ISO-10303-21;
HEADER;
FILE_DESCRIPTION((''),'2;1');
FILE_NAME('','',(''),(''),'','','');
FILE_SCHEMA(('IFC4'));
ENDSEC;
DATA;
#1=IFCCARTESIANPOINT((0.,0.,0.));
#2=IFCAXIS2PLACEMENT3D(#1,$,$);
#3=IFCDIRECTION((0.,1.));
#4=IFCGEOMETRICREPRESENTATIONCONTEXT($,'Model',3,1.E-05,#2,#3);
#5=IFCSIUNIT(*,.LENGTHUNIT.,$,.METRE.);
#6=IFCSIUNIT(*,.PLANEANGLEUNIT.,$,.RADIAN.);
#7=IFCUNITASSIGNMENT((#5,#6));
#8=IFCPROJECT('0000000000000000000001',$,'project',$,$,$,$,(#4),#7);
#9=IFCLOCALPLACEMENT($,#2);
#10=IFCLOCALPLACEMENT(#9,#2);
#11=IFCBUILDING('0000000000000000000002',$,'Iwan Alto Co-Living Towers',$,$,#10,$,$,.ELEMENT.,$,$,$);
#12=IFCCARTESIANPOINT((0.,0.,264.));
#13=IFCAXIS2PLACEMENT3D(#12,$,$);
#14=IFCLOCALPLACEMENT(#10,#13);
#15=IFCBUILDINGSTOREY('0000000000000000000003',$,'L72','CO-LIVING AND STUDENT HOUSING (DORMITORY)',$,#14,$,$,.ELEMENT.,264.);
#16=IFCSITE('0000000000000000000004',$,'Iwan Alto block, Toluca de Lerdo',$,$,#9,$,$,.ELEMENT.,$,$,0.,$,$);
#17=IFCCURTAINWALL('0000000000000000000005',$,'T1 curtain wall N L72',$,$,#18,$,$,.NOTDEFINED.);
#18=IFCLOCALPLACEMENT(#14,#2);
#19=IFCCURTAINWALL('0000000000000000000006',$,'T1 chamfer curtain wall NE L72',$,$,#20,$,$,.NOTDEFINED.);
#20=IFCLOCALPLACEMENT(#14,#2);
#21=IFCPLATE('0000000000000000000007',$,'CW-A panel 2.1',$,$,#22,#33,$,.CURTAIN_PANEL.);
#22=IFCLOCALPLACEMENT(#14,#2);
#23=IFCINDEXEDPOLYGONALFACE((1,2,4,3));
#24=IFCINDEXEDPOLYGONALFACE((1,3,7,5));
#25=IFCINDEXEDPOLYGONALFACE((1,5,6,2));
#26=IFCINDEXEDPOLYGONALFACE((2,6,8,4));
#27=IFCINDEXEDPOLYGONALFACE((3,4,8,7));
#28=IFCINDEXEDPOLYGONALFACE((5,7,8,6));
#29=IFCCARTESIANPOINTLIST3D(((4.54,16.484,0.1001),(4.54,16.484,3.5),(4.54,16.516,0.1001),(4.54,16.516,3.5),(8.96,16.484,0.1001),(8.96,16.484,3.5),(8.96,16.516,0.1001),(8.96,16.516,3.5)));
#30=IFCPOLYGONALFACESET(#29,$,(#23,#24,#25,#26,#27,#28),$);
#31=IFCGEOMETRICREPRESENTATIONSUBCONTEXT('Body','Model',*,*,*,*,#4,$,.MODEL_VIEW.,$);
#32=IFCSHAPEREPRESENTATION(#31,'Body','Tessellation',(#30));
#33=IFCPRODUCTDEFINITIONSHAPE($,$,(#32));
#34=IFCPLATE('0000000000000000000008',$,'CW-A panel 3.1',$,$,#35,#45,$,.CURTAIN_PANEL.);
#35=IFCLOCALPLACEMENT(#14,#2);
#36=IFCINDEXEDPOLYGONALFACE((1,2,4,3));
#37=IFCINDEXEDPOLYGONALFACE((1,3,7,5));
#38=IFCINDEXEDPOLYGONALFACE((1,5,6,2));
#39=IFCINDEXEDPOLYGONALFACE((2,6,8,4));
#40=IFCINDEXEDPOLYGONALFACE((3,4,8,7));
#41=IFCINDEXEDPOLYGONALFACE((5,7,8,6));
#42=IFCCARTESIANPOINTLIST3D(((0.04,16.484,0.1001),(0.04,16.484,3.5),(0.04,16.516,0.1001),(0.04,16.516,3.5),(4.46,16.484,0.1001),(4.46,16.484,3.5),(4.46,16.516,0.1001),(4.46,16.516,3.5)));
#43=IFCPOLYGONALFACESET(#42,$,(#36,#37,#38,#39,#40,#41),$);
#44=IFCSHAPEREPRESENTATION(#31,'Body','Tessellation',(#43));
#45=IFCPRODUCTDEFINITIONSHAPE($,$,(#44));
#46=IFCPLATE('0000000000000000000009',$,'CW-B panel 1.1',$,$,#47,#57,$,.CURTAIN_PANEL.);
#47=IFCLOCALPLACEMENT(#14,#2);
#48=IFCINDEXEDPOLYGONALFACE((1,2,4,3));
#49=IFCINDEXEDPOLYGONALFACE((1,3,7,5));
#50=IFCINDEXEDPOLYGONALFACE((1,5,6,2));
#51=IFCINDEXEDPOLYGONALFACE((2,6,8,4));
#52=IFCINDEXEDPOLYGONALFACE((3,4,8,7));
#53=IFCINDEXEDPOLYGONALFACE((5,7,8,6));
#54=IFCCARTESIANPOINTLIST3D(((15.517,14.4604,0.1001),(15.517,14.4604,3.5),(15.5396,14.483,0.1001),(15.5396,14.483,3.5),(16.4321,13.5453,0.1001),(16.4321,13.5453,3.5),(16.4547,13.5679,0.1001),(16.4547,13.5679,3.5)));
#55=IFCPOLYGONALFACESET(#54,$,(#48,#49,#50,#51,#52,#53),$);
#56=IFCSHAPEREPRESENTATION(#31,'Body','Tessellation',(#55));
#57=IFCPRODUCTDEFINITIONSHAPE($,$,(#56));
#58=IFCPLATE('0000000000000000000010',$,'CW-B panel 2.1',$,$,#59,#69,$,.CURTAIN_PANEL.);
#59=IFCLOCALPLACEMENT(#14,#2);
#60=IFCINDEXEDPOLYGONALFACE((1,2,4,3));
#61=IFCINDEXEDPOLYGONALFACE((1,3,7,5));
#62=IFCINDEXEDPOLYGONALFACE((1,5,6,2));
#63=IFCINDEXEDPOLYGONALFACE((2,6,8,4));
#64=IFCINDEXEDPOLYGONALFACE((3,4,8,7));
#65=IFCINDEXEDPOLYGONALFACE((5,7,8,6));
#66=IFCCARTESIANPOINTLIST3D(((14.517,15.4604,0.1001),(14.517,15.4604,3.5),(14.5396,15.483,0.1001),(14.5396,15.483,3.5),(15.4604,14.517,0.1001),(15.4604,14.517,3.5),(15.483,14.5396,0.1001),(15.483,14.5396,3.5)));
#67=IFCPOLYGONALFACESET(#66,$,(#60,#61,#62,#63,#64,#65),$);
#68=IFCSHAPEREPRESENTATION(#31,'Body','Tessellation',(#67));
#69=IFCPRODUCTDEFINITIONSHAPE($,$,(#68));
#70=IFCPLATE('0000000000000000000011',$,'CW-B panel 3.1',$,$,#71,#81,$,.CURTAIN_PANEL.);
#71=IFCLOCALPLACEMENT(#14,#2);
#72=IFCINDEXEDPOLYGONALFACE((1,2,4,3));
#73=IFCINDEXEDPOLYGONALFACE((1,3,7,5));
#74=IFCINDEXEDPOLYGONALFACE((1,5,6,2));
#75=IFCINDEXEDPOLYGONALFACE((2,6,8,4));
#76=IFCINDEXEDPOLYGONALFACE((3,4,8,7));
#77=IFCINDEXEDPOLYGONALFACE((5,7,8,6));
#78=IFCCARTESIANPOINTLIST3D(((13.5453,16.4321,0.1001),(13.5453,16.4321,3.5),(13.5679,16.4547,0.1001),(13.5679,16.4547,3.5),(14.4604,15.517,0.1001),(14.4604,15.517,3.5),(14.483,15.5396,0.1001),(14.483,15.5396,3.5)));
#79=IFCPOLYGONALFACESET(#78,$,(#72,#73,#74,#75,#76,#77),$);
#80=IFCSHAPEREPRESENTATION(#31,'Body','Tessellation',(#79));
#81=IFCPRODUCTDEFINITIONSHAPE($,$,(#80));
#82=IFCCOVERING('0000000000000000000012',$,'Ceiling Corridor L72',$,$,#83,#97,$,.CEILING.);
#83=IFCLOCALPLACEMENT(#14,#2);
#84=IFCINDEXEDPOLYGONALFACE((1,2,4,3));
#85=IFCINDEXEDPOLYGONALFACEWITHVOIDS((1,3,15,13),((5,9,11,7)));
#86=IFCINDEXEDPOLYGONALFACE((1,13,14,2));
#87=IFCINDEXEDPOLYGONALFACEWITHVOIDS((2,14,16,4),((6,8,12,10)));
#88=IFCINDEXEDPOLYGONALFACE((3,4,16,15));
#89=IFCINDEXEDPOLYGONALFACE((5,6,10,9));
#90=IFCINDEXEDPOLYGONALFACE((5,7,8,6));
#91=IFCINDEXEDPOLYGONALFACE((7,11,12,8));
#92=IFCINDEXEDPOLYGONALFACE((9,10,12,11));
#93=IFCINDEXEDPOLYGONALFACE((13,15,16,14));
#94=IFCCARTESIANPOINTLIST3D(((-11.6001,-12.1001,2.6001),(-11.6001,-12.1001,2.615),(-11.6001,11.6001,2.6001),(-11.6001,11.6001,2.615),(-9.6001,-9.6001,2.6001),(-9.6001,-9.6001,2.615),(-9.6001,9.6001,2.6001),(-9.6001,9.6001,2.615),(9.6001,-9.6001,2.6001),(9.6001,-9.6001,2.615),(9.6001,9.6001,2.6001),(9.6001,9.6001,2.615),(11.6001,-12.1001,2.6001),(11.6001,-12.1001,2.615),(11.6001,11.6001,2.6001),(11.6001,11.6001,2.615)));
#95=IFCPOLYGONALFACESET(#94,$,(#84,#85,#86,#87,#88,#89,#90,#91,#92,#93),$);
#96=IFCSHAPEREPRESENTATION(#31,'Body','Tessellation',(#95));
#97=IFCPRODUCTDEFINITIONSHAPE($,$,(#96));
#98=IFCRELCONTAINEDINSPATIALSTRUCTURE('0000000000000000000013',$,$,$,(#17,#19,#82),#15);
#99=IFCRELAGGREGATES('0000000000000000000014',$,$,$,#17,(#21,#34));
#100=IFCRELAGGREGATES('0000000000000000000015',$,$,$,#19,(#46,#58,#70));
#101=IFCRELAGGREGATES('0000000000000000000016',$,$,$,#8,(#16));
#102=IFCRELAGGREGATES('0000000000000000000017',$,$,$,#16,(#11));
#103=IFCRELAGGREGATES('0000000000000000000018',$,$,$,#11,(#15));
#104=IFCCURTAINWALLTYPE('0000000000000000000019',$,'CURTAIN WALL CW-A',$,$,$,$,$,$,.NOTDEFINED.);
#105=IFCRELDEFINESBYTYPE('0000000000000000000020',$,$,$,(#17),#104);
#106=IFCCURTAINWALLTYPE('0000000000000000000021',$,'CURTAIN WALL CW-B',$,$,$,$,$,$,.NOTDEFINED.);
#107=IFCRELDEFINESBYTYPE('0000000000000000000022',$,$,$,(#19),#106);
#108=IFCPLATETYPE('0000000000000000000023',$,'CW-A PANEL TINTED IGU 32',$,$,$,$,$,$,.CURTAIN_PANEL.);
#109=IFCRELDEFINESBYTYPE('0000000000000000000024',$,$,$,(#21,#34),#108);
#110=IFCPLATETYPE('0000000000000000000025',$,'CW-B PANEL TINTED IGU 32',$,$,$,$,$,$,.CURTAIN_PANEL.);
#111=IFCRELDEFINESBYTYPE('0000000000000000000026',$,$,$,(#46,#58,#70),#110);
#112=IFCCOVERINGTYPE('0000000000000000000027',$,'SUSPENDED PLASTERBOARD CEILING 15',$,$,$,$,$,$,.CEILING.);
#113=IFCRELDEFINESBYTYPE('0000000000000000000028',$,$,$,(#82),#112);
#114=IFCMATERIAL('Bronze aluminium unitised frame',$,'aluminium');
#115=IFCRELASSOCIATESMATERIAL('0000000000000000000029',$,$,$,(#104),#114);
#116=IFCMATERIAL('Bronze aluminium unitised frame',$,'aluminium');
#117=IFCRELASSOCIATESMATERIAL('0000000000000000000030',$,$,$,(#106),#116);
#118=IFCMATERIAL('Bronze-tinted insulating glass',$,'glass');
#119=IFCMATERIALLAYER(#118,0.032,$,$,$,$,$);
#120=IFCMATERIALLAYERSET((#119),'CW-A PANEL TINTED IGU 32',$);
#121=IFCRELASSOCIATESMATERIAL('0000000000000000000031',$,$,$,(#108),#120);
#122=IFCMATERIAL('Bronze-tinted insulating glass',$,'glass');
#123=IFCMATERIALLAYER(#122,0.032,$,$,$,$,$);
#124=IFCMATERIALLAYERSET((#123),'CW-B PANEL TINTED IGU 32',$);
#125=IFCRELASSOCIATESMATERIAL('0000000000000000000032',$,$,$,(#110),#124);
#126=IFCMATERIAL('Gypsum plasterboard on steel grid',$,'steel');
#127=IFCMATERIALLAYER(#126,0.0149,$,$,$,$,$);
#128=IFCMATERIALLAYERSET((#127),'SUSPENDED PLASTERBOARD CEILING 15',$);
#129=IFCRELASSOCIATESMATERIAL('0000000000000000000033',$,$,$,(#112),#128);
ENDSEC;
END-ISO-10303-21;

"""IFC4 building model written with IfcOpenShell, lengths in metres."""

from ifc_helpers import new_model, si_unit, direction, frame, origin, origin_2d, place, context, subcontext, project, spatial, polyline, rectangle, outline, extrude, material, layer, layer_set, type_object, element, aggregate, save


model = new_model("IFC4")

# Units and contexts
model_context = context("Model", 3, precision=1e-05, world=origin(), true_north=direction((0.0, 1.0)))
body_context = subcontext(model_context, "Body", "Model", "MODEL_VIEW")
ifc_project = project(units=[si_unit("LENGTHUNIT", "METRE"), si_unit("PLANEANGLEUNIT", "RADIAN")], contexts=[model_context])

# Site, building, storey
site_placement = place(None, origin())
site = spatial("IfcSite", under=ifc_project, at=site_placement, Name="Iwan Alto block, Toluca de Lerdo", CompositionType="ELEMENT", RefElevation=0.0)
building_placement = place(site_placement, origin())
building = spatial("IfcBuilding", under=site, at=building_placement, Name="Iwan Alto Co-Living Towers", CompositionType="ELEMENT")
storey_placement = place(building_placement, frame((0.0, 0.0, 264.0)))
storey = spatial("IfcBuildingStorey", under=building, at=storey_placement, Name="L72", Description="CO-LIVING AND STUDENT HOUSING (DORMITORY)", CompositionType="ELEMENT", Elevation=264.0)

# Curtain walls
ifc_material_1 = material(Name="Bronze aluminium unitised frame", Category="aluminium")
curtain_wall_type_1 = type_object("IfcCurtainWallType", Name="CURTAIN WALL CW-A", PredefinedType="NOTDEFINED", material=ifc_material_1)
curtain_wall_1_placement = place(storey_placement, origin())
curtain_wall_1 = element("IfcCurtainWall", 1, at=curtain_wall_1_placement, inside=storey, type_object=curtain_wall_type_1, Name="T1 curtain wall N L72", PredefinedType="NOTDEFINED")
ifc_material_2 = material(Name="Bronze aluminium unitised frame", Category="aluminium")
curtain_wall_type_2 = type_object("IfcCurtainWallType", Name="CURTAIN WALL CW-B", PredefinedType="NOTDEFINED", material=ifc_material_2)
curtain_wall_2_placement = place(storey_placement, origin())
curtain_wall_2 = element("IfcCurtainWall", 2, at=curtain_wall_2_placement, inside=storey, type_object=curtain_wall_type_2, Name="T1 chamfer curtain wall NE L72", PredefinedType="NOTDEFINED")

# Plates
ifc_material_3 = material(Name="Bronze-tinted insulating glass", Category="glass")
ifc_layer_1 = layer(ifc_material_3, 0.032)
ifc_layer_set_1 = layer_set([ifc_layer_1], Name="CW-A PANEL TINTED IGU 32")
plate_type_1 = type_object("IfcPlateType", Name="CW-A PANEL TINTED IGU 32", PredefinedType="CURTAIN_PANEL", material=ifc_layer_set_1)
plate_1_placement = place(storey_placement, frame((6.75, 16.5, 0.1001), z_axis=(0.0, 0.0, 1.0), x_axis=(-1.0, 0.0, 0.0)))
plate_1 = element("IfcPlate", 3, at=plate_1_placement, type_object=plate_type_1, Name="CW-A panel 2.1", PredefinedType="CURTAIN_PANEL", context=body_context, shape_type="SweptSolid", body=[
    extrude(rectangle(XDim=4.4199, YDim=0.032, at=origin_2d()), origin(), (0.0, 0.0, 1.0), 3.3999),
])
plate_2_placement = place(storey_placement, frame((2.25, 16.5, 0.1001), z_axis=(0.0, 0.0, 1.0), x_axis=(-1.0, 0.0, 0.0)))
plate_2 = element("IfcPlate", 4, at=plate_2_placement, type_object=plate_type_1, Name="CW-A panel 3.1", PredefinedType="CURTAIN_PANEL", context=body_context, shape_type="SweptSolid", body=[
    extrude(rectangle(XDim=4.4199, YDim=0.032, at=origin_2d()), origin(), (0.0, 0.0, 1.0), 3.3999),
])
aggregate(curtain_wall_1, [plate_1, plate_2])
ifc_material_4 = material(Name="Bronze-tinted insulating glass", Category="glass")
ifc_layer_2 = layer(ifc_material_4, 0.032)
ifc_layer_set_2 = layer_set([ifc_layer_2], Name="CW-B PANEL TINTED IGU 32")
plate_type_2 = type_object("IfcPlateType", Name="CW-B PANEL TINTED IGU 32", PredefinedType="CURTAIN_PANEL", material=ifc_layer_set_2)
plate_3_placement = place(storey_placement, frame((15.9858, 14.0142, 0.1001), z_axis=(0.0, 0.0, 1.0), x_axis=(-0.707107, 0.707107, 0.0)))
plate_3 = element("IfcPlate", 5, at=plate_3_placement, type_object=plate_type_2, Name="CW-B panel 1.1", PredefinedType="CURTAIN_PANEL", context=body_context, shape_type="SweptSolid", body=[
    extrude(rectangle(XDim=1.2942, YDim=0.032, at=origin_2d()), origin(), (0.0, 0.0, 1.0), 3.3999),
])
plate_4_placement = place(storey_placement, frame((15.0, 15.0, 0.1001), z_axis=(0.0, 0.0, 1.0), x_axis=(-0.707107, 0.707107, 0.0)))
plate_4 = element("IfcPlate", 6, at=plate_4_placement, type_object=plate_type_2, Name="CW-B panel 2.1", PredefinedType="CURTAIN_PANEL", context=body_context, shape_type="SweptSolid", body=[
    extrude(rectangle(XDim=1.3342, YDim=0.032, at=origin_2d()), origin(), (0.0, 0.0, 1.0), 3.3999),
])
plate_5_placement = place(storey_placement, frame((14.0142, 15.9858, 0.1001), z_axis=(0.0, 0.0, 1.0), x_axis=(-0.707107, 0.707107, 0.0)))
plate_5 = element("IfcPlate", 7, at=plate_5_placement, type_object=plate_type_2, Name="CW-B panel 3.1", PredefinedType="CURTAIN_PANEL", context=body_context, shape_type="SweptSolid", body=[
    extrude(rectangle(XDim=1.2942, YDim=0.032, at=origin_2d()), origin(), (0.0, 0.0, 1.0), 3.3999),
])
aggregate(curtain_wall_2, [plate_3, plate_4, plate_5])

# Covering
ifc_material_5 = material(Name="Gypsum plasterboard on steel grid", Category="steel")
ifc_layer_3 = layer(ifc_material_5, 0.0149)
ifc_layer_set_3 = layer_set([ifc_layer_3], Name="SUSPENDED PLASTERBOARD CEILING 15")
covering_type = type_object("IfcCoveringType", Name="SUSPENDED PLASTERBOARD CEILING 15", PredefinedType="CEILING", material=ifc_layer_set_3)
covering_placement = place(storey_placement, frame((0.0, 0.0, 2.6001)))
element("IfcCovering", 8, at=covering_placement, inside=storey, type_object=covering_type, Name="Ceiling Corridor L72", PredefinedType="CEILING", context=body_context, shape_type="SweptSolid", body=[
    extrude(outline(polyline([(-11.6001, 11.6001), (11.6001, 11.6001), (11.6001, -12.1001), (-11.6001, -12.1001), (-11.6001, 11.6001)]), holes=[polyline([(-9.6001, 9.6001), (-9.6001, -9.6001), (9.6001, -9.6001), (9.6001, 9.6001), (-9.6001, 9.6001)])]), origin(), (0.0, 0.0, 1.0), 0.0149),
])

save(model, "model.ifc")
